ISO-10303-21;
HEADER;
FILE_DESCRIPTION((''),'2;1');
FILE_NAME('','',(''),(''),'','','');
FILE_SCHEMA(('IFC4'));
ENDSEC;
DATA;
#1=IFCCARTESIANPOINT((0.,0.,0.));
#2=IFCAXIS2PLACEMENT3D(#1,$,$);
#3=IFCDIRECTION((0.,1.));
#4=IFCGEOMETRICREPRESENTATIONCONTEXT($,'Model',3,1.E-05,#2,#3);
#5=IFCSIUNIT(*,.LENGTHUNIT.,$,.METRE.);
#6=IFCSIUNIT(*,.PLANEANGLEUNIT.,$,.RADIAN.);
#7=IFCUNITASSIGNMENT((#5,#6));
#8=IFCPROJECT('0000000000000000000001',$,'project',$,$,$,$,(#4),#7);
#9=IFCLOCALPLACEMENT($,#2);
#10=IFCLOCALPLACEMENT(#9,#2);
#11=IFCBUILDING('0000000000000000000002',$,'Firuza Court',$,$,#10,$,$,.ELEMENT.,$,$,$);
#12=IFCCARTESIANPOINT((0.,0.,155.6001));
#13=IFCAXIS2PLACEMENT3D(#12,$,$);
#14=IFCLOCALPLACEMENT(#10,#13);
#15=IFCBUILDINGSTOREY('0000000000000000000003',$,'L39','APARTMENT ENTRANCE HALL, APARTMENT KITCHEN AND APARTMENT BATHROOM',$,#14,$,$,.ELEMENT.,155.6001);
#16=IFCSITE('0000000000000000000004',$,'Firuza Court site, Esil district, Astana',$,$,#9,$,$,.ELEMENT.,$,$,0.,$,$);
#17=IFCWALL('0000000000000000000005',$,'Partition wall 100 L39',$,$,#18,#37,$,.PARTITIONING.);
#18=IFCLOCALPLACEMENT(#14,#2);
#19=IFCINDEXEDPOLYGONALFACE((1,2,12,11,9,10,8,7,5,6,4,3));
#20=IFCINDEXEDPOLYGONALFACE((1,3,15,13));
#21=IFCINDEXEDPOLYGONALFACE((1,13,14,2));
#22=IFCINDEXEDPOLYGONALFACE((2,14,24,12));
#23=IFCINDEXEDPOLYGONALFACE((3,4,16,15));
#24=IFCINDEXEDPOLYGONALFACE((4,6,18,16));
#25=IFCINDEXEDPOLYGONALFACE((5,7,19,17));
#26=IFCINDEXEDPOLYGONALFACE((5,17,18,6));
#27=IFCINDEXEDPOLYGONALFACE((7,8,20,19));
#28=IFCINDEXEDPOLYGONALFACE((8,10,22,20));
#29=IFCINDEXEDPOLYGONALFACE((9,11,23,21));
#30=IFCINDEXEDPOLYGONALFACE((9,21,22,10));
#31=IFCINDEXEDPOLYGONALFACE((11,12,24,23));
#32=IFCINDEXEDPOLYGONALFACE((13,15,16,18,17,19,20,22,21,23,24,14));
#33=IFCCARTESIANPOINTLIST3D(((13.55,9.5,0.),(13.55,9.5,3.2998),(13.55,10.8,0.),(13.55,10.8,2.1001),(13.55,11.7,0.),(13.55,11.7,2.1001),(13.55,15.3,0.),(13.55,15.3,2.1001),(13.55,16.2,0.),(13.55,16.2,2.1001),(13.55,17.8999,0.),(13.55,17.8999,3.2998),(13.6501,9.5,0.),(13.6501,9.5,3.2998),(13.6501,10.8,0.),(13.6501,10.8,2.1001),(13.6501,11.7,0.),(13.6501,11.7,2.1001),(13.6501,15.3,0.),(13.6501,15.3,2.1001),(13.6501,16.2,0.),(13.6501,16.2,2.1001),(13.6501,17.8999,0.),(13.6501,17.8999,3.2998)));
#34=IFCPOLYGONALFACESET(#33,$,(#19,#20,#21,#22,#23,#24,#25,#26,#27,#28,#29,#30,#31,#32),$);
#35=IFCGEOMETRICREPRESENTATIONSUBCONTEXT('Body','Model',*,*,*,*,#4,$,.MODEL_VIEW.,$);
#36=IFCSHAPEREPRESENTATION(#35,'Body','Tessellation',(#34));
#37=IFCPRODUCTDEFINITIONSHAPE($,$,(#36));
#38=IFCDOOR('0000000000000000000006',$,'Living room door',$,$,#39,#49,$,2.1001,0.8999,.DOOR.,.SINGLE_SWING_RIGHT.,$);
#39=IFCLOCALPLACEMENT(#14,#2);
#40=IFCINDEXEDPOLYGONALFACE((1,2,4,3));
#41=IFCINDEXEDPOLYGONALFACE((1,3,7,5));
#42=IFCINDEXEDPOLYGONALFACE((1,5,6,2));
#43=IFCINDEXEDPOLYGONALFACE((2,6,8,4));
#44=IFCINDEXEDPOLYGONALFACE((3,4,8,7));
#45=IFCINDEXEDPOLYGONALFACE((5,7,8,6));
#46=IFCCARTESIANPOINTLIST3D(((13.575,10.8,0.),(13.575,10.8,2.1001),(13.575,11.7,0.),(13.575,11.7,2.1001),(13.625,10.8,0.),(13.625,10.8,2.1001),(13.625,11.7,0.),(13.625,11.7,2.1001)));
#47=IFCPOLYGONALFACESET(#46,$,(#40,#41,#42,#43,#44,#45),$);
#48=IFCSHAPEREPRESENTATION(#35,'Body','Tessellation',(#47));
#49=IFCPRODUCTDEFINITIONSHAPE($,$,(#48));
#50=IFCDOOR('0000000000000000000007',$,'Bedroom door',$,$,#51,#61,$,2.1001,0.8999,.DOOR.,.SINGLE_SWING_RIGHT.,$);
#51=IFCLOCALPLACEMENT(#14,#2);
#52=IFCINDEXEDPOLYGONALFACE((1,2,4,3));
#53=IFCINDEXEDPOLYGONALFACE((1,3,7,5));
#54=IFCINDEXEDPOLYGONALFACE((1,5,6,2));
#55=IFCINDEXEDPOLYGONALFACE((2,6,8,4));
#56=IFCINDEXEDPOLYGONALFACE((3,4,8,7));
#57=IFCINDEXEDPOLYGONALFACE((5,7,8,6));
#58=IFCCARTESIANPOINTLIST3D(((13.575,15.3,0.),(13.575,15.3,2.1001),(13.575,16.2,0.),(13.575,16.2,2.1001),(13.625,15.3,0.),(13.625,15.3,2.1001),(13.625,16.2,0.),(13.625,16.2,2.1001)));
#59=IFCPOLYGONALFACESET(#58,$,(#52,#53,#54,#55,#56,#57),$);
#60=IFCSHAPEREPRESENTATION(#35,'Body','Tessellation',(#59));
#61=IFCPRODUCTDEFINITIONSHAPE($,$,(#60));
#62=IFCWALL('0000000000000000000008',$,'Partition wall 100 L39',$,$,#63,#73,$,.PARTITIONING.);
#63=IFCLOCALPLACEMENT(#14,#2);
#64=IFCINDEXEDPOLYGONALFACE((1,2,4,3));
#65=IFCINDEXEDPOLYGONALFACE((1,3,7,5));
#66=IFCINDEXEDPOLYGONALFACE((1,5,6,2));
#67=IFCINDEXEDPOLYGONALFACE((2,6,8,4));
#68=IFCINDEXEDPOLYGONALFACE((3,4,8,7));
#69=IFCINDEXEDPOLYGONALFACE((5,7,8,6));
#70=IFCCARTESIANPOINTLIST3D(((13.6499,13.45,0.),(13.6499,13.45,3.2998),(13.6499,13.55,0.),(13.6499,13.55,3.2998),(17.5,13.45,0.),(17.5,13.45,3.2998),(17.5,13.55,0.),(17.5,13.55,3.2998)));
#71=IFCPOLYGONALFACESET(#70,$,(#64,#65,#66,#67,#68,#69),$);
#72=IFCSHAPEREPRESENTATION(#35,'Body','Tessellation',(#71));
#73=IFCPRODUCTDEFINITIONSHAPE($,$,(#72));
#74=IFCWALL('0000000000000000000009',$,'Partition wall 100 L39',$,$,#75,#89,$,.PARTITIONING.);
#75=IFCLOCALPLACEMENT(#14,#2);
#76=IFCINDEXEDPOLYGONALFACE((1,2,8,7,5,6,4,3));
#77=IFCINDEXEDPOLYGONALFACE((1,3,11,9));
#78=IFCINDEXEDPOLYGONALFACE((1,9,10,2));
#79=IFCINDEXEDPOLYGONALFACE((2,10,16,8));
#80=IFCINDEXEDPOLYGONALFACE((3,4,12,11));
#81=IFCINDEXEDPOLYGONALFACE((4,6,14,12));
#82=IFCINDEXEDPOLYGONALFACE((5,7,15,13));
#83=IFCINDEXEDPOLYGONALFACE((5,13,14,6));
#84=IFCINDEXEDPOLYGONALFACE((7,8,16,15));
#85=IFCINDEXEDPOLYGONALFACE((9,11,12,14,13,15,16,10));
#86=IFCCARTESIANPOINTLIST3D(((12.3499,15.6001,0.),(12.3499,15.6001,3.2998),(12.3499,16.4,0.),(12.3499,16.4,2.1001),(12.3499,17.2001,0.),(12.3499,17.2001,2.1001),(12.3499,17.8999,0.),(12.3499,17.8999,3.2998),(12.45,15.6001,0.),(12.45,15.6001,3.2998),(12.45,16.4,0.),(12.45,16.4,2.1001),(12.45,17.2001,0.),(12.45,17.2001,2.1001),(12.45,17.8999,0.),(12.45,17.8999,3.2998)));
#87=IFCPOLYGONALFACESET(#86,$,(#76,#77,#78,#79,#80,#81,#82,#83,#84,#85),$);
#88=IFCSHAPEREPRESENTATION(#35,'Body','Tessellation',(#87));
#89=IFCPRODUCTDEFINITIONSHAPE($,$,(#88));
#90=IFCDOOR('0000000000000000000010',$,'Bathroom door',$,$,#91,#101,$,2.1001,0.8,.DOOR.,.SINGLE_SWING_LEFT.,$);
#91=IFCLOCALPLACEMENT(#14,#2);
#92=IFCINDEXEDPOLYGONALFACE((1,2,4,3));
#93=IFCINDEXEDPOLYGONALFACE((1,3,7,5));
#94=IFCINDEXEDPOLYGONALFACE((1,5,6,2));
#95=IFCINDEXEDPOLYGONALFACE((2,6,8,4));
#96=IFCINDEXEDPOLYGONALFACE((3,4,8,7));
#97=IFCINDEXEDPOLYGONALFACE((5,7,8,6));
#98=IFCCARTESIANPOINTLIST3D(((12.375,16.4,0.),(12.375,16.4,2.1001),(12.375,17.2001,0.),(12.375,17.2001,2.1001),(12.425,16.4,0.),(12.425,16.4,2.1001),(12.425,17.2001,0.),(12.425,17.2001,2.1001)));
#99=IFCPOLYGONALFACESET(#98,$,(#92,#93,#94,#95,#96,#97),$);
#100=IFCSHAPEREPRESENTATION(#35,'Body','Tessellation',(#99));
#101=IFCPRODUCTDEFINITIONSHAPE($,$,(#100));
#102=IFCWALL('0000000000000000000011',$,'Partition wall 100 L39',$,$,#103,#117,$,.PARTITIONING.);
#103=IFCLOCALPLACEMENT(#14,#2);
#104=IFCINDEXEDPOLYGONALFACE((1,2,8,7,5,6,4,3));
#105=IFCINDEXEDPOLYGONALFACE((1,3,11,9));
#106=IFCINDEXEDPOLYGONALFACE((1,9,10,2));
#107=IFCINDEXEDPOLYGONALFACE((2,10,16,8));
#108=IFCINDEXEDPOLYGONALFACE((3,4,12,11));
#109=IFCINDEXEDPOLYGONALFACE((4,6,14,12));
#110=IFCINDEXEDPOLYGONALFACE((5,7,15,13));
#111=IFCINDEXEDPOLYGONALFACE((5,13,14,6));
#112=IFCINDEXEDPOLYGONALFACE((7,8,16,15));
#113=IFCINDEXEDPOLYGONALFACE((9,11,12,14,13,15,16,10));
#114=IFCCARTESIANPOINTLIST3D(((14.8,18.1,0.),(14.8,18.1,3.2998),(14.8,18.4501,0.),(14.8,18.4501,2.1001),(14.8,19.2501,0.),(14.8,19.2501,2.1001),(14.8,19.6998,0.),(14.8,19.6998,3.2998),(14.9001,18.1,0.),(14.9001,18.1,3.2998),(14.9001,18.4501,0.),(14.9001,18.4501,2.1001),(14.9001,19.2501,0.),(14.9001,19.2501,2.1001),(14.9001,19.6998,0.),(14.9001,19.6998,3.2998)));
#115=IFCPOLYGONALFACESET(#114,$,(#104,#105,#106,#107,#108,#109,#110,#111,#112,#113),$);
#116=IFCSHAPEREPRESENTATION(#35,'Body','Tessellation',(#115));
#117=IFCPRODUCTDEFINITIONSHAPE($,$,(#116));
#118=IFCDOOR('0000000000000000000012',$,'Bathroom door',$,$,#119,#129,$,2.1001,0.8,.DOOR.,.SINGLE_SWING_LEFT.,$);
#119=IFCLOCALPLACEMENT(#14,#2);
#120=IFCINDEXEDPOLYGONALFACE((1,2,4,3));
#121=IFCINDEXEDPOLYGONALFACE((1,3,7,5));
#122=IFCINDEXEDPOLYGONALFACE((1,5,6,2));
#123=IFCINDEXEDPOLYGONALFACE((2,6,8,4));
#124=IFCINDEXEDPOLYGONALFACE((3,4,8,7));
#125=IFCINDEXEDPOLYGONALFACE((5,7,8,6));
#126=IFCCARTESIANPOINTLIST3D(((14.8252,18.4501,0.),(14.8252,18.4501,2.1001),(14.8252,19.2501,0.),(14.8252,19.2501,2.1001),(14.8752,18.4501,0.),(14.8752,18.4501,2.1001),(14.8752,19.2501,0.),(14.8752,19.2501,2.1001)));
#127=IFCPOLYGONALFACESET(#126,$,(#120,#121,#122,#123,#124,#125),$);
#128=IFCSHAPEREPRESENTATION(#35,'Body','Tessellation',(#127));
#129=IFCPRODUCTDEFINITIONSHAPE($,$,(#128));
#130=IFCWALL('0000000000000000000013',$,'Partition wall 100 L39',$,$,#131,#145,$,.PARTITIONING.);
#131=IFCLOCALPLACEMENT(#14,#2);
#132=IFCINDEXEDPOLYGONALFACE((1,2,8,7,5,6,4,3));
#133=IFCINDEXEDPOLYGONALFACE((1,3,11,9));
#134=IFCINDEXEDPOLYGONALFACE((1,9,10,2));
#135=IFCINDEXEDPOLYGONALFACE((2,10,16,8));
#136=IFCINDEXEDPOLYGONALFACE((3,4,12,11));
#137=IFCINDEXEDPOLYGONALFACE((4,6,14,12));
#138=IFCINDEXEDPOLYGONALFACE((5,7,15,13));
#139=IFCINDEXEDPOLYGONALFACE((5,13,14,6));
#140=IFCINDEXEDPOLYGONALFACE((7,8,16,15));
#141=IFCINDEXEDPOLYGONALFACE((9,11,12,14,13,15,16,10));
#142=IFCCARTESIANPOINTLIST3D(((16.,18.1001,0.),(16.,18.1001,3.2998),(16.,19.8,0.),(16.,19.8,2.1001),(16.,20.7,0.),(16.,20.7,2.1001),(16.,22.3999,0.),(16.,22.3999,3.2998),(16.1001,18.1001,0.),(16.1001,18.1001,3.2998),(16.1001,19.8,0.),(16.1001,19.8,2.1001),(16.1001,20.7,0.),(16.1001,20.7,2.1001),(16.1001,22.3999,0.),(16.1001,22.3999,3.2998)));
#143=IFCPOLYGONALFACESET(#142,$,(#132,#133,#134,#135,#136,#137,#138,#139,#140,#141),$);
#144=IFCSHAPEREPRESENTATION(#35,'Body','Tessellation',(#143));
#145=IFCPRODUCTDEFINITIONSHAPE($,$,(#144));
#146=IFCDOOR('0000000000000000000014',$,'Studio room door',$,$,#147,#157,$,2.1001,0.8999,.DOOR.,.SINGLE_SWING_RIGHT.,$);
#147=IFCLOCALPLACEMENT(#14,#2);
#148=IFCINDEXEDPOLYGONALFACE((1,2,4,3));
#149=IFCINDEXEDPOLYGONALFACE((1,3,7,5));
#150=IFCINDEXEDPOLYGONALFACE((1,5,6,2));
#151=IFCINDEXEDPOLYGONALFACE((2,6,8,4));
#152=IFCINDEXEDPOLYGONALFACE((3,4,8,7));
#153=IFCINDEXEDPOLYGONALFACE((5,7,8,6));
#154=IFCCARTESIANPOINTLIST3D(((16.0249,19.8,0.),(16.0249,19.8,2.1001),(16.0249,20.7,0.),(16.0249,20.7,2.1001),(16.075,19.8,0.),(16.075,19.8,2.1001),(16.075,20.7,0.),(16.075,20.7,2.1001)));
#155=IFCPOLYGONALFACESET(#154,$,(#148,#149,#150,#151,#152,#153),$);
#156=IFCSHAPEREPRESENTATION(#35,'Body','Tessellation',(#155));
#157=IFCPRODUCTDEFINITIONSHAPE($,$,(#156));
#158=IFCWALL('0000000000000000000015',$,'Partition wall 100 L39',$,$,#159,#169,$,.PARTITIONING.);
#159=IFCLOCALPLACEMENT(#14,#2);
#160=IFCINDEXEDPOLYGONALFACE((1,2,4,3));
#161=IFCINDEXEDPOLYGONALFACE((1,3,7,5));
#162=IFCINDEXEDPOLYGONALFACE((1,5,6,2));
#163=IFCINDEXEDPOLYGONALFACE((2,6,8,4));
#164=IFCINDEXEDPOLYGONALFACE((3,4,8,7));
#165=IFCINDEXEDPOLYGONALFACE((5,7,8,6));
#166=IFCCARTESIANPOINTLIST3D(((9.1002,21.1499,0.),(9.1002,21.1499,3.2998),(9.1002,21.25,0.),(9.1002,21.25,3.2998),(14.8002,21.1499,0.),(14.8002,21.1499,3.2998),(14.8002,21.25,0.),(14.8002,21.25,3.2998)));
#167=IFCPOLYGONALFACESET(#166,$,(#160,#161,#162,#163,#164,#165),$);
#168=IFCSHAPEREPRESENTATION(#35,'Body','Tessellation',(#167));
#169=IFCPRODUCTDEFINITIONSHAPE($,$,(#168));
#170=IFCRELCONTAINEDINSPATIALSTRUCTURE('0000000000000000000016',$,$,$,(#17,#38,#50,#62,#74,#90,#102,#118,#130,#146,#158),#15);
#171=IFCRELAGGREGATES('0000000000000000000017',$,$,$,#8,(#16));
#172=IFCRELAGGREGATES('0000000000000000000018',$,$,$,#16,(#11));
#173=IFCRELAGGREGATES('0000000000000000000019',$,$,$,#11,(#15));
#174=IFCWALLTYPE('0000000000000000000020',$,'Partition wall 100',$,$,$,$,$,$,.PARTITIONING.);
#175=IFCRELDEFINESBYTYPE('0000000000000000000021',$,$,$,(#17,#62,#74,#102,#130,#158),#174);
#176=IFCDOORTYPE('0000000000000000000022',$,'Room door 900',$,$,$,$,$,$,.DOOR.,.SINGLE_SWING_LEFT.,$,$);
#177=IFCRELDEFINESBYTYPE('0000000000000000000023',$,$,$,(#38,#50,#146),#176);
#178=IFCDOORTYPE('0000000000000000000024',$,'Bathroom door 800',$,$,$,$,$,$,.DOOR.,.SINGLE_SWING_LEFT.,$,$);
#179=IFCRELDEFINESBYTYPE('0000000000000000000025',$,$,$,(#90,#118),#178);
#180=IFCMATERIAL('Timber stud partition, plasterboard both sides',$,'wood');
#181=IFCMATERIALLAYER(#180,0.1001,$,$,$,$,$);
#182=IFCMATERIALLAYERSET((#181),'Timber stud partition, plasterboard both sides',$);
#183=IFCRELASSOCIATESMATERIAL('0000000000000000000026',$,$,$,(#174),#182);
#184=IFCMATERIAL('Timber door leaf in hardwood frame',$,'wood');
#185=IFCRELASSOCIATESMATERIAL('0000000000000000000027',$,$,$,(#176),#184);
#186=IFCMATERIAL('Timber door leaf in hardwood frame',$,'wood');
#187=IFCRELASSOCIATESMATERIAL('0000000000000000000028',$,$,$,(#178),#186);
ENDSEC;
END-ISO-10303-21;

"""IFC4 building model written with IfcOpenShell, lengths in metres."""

from ifc_helpers import new_model, si_unit, direction, frame, frame_2d, origin, place, context, subcontext, project, spatial, rectangle, extrude, material, layer, layer_set, type_object, element, fill, save


model = new_model("IFC4")

# Units and contexts
model_context = context("Model", 3, precision=1e-05, world=origin(), true_north=direction((0.0, 1.0)))
body_context = subcontext(model_context, "Body", "Model", "MODEL_VIEW")
ifc_project = project(units=[si_unit("LENGTHUNIT", "METRE"), si_unit("PLANEANGLEUNIT", "RADIAN")], contexts=[model_context])

# Site, building, storey
site_placement = place(None, origin())
site = spatial("IfcSite", under=ifc_project, at=site_placement, Name="Firuza Court site, Esil district, Astana", CompositionType="ELEMENT", RefElevation=0.0)
building_placement = place(site_placement, origin())
building = spatial("IfcBuilding", under=site, at=building_placement, Name="Firuza Court", CompositionType="ELEMENT")
storey_placement = place(building_placement, frame((0.0, 0.0, 155.6001)))
storey = spatial("IfcBuildingStorey", under=building, at=storey_placement, Name="L39", Description="APARTMENT ENTRANCE HALL, APARTMENT KITCHEN AND APARTMENT BATHROOM", CompositionType="ELEMENT", Elevation=155.6001)

# Shared definitions
ifc_material_1 = material(Name="Timber stud partition, plasterboard both sides", Category="wood")
ifc_layer_1 = layer(ifc_material_1, 0.1001)
ifc_layer_set_1 = layer_set([ifc_layer_1], Name="Timber stud partition, plasterboard both sides")
wall_type_1 = type_object("IfcWallType", Name="Partition wall 100", PredefinedType="PARTITIONING", material=ifc_layer_set_1)
ifc_material_2 = material(Name="Timber door leaf in hardwood frame", Category="wood")
door_type_1 = type_object("IfcDoorType", Name="Room door 900", OperationType="SINGLE_SWING_LEFT", PredefinedType="DOOR", material=ifc_material_2)

# Wall, openings, doors
wall_1_placement = place(storey_placement, frame((13.6001, 9.5, 0.0), z_axis=(0.0, 0.0, 1.0), x_axis=(0.0, 1.0, 0.0)))
wall_1 = element("IfcWall", 1, at=wall_1_placement, inside=storey, type_object=wall_type_1, Name="Partition wall 100 L39", PredefinedType="PARTITIONING", context=body_context, shape_type="SweptSolid", body=[
    extrude(rectangle(XDim=8.3999, YDim=0.1001, at=frame_2d((4.2, 0.0))), origin(), (0.0, 0.0, 1.0), 3.2998),
])
opening_1_placement = place(wall_1_placement, frame((1.3, 0.0, 0.0)))
opening_1 = element("IfcOpeningElement", 2, at=opening_1_placement, cuts=wall_1, PredefinedType="OPENING", context=body_context, shape_type="SweptSolid", body=[
    extrude(rectangle(XDim=0.8999, YDim=2.1001, at=frame_2d((0.45, 1.05))), frame((0.0, 0.062, 0.0), z_axis=(0.0, -1.0, 0.0), x_axis=(1.0, 0.0, 0.0)), (0.0, 0.0, 1.0), 0.124),
])
opening_2_placement = place(wall_1_placement, frame((5.8, 0.0, 0.0)))
opening_2 = element("IfcOpeningElement", 3, at=opening_2_placement, cuts=wall_1, PredefinedType="OPENING", context=body_context, shape_type="SweptSolid", body=[
    extrude(rectangle(XDim=0.8999, YDim=2.1001, at=frame_2d((0.45, 1.05))), frame((0.0, 0.062, 0.0), z_axis=(0.0, -1.0, 0.0), x_axis=(1.0, 0.0, 0.0)), (0.0, 0.0, 1.0), 0.124),
])
door_1_placement = place(opening_1_placement, frame((0.8999, 0.0, 0.0), z_axis=(0.0, 0.0, 1.0), x_axis=(-1.0, 0.0, 0.0)))
door_1 = element("IfcDoor", 4, at=door_1_placement, inside=storey, type_object=door_type_1, Name="Living room door", OperationType="SINGLE_SWING_RIGHT", OverallHeight=2.1001, OverallWidth=0.8999, PredefinedType="DOOR", context=body_context, shape_type="SweptSolid", body=[
    extrude(rectangle(XDim=0.8999, YDim=2.1001, at=frame_2d((0.45, 1.05))), frame((0.0, 0.0249, 0.0), z_axis=(0.0, -1.0, 0.0), x_axis=(1.0, 0.0, 0.0)), (0.0, 0.0, 1.0), 0.05),
])
fill(opening_1, door_1)
door_2_placement = place(opening_2_placement, frame((0.8999, 0.0, 0.0), z_axis=(0.0, 0.0, 1.0), x_axis=(-1.0, 0.0, 0.0)))
door_2 = element("IfcDoor", 5, at=door_2_placement, inside=storey, type_object=door_type_1, Name="Bedroom door", OperationType="SINGLE_SWING_RIGHT", OverallHeight=2.1001, OverallWidth=0.8999, PredefinedType="DOOR", context=body_context, shape_type="SweptSolid", body=[
    extrude(rectangle(XDim=0.8999, YDim=2.1001, at=frame_2d((0.45, 1.05))), frame((0.0, 0.0249, 0.0), z_axis=(0.0, -1.0, 0.0), x_axis=(1.0, 0.0, 0.0)), (0.0, 0.0, 1.0), 0.05),
])
fill(opening_2, door_2)

# Wall
wall_2_placement = place(storey_placement, frame((13.6499, 13.5, 0.0), z_axis=(0.0, 0.0, 1.0), x_axis=(1.0, 0.0, 0.0)))
element("IfcWall", 6, at=wall_2_placement, inside=storey, type_object=wall_type_1, Name="Partition wall 100 L39", PredefinedType="PARTITIONING", context=body_context, shape_type="SweptSolid", body=[
    extrude(rectangle(XDim=3.8501, YDim=0.1001, at=frame_2d((1.925, 0.0))), origin(), (0.0, 0.0, 1.0), 3.2998),
])

# Walls, openings, doors
wall_3_placement = place(storey_placement, frame((12.3999, 15.6001, 0.0), z_axis=(0.0, 0.0, 1.0), x_axis=(0.0, 1.0, 0.0)))
wall_3 = element("IfcWall", 7, at=wall_3_placement, inside=storey, type_object=wall_type_1, Name="Partition wall 100 L39", PredefinedType="PARTITIONING", context=body_context, shape_type="SweptSolid", body=[
    extrude(rectangle(XDim=2.2998, YDim=0.1001, at=frame_2d((1.1499, 0.0))), origin(), (0.0, 0.0, 1.0), 3.2998),
])
opening_3_placement = place(wall_3_placement, frame((0.8, 0.0, 0.0)))
opening_3 = element("IfcOpeningElement", 8, at=opening_3_placement, cuts=wall_3, PredefinedType="OPENING", context=body_context, shape_type="SweptSolid", body=[
    extrude(rectangle(XDim=0.8, YDim=2.1001, at=frame_2d((0.3999, 1.05))), frame((0.0, 0.062, 0.0), z_axis=(0.0, -1.0, 0.0), x_axis=(1.0, 0.0, 0.0)), (0.0, 0.0, 1.0), 0.124),
])
ifc_material_3 = material(Name="Timber door leaf in hardwood frame", Category="wood")
door_type_2 = type_object("IfcDoorType", Name="Bathroom door 800", OperationType="SINGLE_SWING_LEFT", PredefinedType="DOOR", material=ifc_material_3)
door_3_placement = place(opening_3_placement, origin())
door_3 = element("IfcDoor", 9, at=door_3_placement, inside=storey, type_object=door_type_2, Name="Bathroom door", OperationType="SINGLE_SWING_LEFT", OverallHeight=2.1001, OverallWidth=0.8, PredefinedType="DOOR", context=body_context, shape_type="SweptSolid", body=[
    extrude(rectangle(XDim=0.8, YDim=2.1001, at=frame_2d((0.3999, 1.05))), frame((0.0, 0.0249, 0.0), z_axis=(0.0, -1.0, 0.0), x_axis=(1.0, 0.0, 0.0)), (0.0, 0.0, 1.0), 0.05),
])
fill(opening_3, door_3)
wall_4_placement = place(storey_placement, frame((14.8501, 18.1001, 0.0), z_axis=(0.0, 0.0, 1.0), x_axis=(0.0, 1.0, 0.0)))
wall_4 = element("IfcWall", 10, at=wall_4_placement, inside=storey, type_object=wall_type_1, Name="Partition wall 100 L39", PredefinedType="PARTITIONING", context=body_context, shape_type="SweptSolid", body=[
    extrude(rectangle(XDim=1.5999, YDim=0.1001, at=frame_2d((0.7998, 0.0))), origin(), (0.0, 0.0, 1.0), 3.2998),
])
opening_4_placement = place(wall_4_placement, frame((0.3501, 0.0, 0.0)))
opening_4 = element("IfcOpeningElement", 11, at=opening_4_placement, cuts=wall_4, PredefinedType="OPENING", context=body_context, shape_type="SweptSolid", body=[
    extrude(rectangle(XDim=0.8, YDim=2.1001, at=frame_2d((0.3999, 1.05))), frame((0.0, 0.062, 0.0), z_axis=(0.0, -1.0, 0.0), x_axis=(1.0, 0.0, 0.0)), (0.0, 0.0, 1.0), 0.124),
])
door_4_placement = place(opening_4_placement, origin())
door_4 = element("IfcDoor", 12, at=door_4_placement, inside=storey, type_object=door_type_2, Name="Bathroom door", OperationType="SINGLE_SWING_LEFT", OverallHeight=2.1001, OverallWidth=0.8, PredefinedType="DOOR", context=body_context, shape_type="SweptSolid", body=[
    extrude(rectangle(XDim=0.8, YDim=2.1001, at=frame_2d((0.3999, 1.05))), frame((0.0, 0.0249, 0.0), z_axis=(0.0, -1.0, 0.0), x_axis=(1.0, 0.0, 0.0)), (0.0, 0.0, 1.0), 0.05),
])
fill(opening_4, door_4)
wall_5_placement = place(storey_placement, frame((16.05, 18.1001, 0.0), z_axis=(0.0, 0.0, 1.0), x_axis=(0.0, 1.0, 0.0)))
wall_5 = element("IfcWall", 13, at=wall_5_placement, inside=storey, type_object=wall_type_1, Name="Partition wall 100 L39", PredefinedType="PARTITIONING", context=body_context, shape_type="SweptSolid", body=[
    extrude(rectangle(XDim=4.2998, YDim=0.1001, at=frame_2d((2.1499, 0.0))), origin(), (0.0, 0.0, 1.0), 3.2998),
])
opening_5_placement = place(wall_5_placement, frame((1.7, 0.0, 0.0)))
opening_5 = element("IfcOpeningElement", 14, at=opening_5_placement, cuts=wall_5, PredefinedType="OPENING", context=body_context, shape_type="SweptSolid", body=[
    extrude(rectangle(XDim=0.8999, YDim=2.1001, at=frame_2d((0.45, 1.05))), frame((0.0, 0.062, 0.0), z_axis=(0.0, -1.0, 0.0), x_axis=(1.0, 0.0, 0.0)), (0.0, 0.0, 1.0), 0.124),
])
door_5_placement = place(opening_5_placement, frame((0.8999, 0.0, 0.0), z_axis=(0.0, 0.0, 1.0), x_axis=(-1.0, 0.0, 0.0)))
door_5 = element("IfcDoor", 15, at=door_5_placement, inside=storey, type_object=door_type_1, Name="Studio room door", OperationType="SINGLE_SWING_RIGHT", OverallHeight=2.1001, OverallWidth=0.8999, PredefinedType="DOOR", context=body_context, shape_type="SweptSolid", body=[
    extrude(rectangle(XDim=0.8999, YDim=2.1001, at=frame_2d((0.45, 1.05))), frame((0.0, 0.0249, 0.0), z_axis=(0.0, -1.0, 0.0), x_axis=(1.0, 0.0, 0.0)), (0.0, 0.0, 1.0), 0.05),
])
fill(opening_5, door_5)

# Wall
wall_6_placement = place(storey_placement, frame((9.1001, 21.2, 0.0), z_axis=(0.0, 0.0, 1.0), x_axis=(1.0, 0.0, 0.0)))
element("IfcWall", 16, at=wall_6_placement, inside=storey, type_object=wall_type_1, Name="Partition wall 100 L39", PredefinedType="PARTITIONING", context=body_context, shape_type="SweptSolid", body=[
    extrude(rectangle(XDim=5.7, YDim=0.1001, at=frame_2d((2.8501, 0.0))), origin(), (0.0, 0.0, 1.0), 3.2998),
])

save(model, "model.ifc")
